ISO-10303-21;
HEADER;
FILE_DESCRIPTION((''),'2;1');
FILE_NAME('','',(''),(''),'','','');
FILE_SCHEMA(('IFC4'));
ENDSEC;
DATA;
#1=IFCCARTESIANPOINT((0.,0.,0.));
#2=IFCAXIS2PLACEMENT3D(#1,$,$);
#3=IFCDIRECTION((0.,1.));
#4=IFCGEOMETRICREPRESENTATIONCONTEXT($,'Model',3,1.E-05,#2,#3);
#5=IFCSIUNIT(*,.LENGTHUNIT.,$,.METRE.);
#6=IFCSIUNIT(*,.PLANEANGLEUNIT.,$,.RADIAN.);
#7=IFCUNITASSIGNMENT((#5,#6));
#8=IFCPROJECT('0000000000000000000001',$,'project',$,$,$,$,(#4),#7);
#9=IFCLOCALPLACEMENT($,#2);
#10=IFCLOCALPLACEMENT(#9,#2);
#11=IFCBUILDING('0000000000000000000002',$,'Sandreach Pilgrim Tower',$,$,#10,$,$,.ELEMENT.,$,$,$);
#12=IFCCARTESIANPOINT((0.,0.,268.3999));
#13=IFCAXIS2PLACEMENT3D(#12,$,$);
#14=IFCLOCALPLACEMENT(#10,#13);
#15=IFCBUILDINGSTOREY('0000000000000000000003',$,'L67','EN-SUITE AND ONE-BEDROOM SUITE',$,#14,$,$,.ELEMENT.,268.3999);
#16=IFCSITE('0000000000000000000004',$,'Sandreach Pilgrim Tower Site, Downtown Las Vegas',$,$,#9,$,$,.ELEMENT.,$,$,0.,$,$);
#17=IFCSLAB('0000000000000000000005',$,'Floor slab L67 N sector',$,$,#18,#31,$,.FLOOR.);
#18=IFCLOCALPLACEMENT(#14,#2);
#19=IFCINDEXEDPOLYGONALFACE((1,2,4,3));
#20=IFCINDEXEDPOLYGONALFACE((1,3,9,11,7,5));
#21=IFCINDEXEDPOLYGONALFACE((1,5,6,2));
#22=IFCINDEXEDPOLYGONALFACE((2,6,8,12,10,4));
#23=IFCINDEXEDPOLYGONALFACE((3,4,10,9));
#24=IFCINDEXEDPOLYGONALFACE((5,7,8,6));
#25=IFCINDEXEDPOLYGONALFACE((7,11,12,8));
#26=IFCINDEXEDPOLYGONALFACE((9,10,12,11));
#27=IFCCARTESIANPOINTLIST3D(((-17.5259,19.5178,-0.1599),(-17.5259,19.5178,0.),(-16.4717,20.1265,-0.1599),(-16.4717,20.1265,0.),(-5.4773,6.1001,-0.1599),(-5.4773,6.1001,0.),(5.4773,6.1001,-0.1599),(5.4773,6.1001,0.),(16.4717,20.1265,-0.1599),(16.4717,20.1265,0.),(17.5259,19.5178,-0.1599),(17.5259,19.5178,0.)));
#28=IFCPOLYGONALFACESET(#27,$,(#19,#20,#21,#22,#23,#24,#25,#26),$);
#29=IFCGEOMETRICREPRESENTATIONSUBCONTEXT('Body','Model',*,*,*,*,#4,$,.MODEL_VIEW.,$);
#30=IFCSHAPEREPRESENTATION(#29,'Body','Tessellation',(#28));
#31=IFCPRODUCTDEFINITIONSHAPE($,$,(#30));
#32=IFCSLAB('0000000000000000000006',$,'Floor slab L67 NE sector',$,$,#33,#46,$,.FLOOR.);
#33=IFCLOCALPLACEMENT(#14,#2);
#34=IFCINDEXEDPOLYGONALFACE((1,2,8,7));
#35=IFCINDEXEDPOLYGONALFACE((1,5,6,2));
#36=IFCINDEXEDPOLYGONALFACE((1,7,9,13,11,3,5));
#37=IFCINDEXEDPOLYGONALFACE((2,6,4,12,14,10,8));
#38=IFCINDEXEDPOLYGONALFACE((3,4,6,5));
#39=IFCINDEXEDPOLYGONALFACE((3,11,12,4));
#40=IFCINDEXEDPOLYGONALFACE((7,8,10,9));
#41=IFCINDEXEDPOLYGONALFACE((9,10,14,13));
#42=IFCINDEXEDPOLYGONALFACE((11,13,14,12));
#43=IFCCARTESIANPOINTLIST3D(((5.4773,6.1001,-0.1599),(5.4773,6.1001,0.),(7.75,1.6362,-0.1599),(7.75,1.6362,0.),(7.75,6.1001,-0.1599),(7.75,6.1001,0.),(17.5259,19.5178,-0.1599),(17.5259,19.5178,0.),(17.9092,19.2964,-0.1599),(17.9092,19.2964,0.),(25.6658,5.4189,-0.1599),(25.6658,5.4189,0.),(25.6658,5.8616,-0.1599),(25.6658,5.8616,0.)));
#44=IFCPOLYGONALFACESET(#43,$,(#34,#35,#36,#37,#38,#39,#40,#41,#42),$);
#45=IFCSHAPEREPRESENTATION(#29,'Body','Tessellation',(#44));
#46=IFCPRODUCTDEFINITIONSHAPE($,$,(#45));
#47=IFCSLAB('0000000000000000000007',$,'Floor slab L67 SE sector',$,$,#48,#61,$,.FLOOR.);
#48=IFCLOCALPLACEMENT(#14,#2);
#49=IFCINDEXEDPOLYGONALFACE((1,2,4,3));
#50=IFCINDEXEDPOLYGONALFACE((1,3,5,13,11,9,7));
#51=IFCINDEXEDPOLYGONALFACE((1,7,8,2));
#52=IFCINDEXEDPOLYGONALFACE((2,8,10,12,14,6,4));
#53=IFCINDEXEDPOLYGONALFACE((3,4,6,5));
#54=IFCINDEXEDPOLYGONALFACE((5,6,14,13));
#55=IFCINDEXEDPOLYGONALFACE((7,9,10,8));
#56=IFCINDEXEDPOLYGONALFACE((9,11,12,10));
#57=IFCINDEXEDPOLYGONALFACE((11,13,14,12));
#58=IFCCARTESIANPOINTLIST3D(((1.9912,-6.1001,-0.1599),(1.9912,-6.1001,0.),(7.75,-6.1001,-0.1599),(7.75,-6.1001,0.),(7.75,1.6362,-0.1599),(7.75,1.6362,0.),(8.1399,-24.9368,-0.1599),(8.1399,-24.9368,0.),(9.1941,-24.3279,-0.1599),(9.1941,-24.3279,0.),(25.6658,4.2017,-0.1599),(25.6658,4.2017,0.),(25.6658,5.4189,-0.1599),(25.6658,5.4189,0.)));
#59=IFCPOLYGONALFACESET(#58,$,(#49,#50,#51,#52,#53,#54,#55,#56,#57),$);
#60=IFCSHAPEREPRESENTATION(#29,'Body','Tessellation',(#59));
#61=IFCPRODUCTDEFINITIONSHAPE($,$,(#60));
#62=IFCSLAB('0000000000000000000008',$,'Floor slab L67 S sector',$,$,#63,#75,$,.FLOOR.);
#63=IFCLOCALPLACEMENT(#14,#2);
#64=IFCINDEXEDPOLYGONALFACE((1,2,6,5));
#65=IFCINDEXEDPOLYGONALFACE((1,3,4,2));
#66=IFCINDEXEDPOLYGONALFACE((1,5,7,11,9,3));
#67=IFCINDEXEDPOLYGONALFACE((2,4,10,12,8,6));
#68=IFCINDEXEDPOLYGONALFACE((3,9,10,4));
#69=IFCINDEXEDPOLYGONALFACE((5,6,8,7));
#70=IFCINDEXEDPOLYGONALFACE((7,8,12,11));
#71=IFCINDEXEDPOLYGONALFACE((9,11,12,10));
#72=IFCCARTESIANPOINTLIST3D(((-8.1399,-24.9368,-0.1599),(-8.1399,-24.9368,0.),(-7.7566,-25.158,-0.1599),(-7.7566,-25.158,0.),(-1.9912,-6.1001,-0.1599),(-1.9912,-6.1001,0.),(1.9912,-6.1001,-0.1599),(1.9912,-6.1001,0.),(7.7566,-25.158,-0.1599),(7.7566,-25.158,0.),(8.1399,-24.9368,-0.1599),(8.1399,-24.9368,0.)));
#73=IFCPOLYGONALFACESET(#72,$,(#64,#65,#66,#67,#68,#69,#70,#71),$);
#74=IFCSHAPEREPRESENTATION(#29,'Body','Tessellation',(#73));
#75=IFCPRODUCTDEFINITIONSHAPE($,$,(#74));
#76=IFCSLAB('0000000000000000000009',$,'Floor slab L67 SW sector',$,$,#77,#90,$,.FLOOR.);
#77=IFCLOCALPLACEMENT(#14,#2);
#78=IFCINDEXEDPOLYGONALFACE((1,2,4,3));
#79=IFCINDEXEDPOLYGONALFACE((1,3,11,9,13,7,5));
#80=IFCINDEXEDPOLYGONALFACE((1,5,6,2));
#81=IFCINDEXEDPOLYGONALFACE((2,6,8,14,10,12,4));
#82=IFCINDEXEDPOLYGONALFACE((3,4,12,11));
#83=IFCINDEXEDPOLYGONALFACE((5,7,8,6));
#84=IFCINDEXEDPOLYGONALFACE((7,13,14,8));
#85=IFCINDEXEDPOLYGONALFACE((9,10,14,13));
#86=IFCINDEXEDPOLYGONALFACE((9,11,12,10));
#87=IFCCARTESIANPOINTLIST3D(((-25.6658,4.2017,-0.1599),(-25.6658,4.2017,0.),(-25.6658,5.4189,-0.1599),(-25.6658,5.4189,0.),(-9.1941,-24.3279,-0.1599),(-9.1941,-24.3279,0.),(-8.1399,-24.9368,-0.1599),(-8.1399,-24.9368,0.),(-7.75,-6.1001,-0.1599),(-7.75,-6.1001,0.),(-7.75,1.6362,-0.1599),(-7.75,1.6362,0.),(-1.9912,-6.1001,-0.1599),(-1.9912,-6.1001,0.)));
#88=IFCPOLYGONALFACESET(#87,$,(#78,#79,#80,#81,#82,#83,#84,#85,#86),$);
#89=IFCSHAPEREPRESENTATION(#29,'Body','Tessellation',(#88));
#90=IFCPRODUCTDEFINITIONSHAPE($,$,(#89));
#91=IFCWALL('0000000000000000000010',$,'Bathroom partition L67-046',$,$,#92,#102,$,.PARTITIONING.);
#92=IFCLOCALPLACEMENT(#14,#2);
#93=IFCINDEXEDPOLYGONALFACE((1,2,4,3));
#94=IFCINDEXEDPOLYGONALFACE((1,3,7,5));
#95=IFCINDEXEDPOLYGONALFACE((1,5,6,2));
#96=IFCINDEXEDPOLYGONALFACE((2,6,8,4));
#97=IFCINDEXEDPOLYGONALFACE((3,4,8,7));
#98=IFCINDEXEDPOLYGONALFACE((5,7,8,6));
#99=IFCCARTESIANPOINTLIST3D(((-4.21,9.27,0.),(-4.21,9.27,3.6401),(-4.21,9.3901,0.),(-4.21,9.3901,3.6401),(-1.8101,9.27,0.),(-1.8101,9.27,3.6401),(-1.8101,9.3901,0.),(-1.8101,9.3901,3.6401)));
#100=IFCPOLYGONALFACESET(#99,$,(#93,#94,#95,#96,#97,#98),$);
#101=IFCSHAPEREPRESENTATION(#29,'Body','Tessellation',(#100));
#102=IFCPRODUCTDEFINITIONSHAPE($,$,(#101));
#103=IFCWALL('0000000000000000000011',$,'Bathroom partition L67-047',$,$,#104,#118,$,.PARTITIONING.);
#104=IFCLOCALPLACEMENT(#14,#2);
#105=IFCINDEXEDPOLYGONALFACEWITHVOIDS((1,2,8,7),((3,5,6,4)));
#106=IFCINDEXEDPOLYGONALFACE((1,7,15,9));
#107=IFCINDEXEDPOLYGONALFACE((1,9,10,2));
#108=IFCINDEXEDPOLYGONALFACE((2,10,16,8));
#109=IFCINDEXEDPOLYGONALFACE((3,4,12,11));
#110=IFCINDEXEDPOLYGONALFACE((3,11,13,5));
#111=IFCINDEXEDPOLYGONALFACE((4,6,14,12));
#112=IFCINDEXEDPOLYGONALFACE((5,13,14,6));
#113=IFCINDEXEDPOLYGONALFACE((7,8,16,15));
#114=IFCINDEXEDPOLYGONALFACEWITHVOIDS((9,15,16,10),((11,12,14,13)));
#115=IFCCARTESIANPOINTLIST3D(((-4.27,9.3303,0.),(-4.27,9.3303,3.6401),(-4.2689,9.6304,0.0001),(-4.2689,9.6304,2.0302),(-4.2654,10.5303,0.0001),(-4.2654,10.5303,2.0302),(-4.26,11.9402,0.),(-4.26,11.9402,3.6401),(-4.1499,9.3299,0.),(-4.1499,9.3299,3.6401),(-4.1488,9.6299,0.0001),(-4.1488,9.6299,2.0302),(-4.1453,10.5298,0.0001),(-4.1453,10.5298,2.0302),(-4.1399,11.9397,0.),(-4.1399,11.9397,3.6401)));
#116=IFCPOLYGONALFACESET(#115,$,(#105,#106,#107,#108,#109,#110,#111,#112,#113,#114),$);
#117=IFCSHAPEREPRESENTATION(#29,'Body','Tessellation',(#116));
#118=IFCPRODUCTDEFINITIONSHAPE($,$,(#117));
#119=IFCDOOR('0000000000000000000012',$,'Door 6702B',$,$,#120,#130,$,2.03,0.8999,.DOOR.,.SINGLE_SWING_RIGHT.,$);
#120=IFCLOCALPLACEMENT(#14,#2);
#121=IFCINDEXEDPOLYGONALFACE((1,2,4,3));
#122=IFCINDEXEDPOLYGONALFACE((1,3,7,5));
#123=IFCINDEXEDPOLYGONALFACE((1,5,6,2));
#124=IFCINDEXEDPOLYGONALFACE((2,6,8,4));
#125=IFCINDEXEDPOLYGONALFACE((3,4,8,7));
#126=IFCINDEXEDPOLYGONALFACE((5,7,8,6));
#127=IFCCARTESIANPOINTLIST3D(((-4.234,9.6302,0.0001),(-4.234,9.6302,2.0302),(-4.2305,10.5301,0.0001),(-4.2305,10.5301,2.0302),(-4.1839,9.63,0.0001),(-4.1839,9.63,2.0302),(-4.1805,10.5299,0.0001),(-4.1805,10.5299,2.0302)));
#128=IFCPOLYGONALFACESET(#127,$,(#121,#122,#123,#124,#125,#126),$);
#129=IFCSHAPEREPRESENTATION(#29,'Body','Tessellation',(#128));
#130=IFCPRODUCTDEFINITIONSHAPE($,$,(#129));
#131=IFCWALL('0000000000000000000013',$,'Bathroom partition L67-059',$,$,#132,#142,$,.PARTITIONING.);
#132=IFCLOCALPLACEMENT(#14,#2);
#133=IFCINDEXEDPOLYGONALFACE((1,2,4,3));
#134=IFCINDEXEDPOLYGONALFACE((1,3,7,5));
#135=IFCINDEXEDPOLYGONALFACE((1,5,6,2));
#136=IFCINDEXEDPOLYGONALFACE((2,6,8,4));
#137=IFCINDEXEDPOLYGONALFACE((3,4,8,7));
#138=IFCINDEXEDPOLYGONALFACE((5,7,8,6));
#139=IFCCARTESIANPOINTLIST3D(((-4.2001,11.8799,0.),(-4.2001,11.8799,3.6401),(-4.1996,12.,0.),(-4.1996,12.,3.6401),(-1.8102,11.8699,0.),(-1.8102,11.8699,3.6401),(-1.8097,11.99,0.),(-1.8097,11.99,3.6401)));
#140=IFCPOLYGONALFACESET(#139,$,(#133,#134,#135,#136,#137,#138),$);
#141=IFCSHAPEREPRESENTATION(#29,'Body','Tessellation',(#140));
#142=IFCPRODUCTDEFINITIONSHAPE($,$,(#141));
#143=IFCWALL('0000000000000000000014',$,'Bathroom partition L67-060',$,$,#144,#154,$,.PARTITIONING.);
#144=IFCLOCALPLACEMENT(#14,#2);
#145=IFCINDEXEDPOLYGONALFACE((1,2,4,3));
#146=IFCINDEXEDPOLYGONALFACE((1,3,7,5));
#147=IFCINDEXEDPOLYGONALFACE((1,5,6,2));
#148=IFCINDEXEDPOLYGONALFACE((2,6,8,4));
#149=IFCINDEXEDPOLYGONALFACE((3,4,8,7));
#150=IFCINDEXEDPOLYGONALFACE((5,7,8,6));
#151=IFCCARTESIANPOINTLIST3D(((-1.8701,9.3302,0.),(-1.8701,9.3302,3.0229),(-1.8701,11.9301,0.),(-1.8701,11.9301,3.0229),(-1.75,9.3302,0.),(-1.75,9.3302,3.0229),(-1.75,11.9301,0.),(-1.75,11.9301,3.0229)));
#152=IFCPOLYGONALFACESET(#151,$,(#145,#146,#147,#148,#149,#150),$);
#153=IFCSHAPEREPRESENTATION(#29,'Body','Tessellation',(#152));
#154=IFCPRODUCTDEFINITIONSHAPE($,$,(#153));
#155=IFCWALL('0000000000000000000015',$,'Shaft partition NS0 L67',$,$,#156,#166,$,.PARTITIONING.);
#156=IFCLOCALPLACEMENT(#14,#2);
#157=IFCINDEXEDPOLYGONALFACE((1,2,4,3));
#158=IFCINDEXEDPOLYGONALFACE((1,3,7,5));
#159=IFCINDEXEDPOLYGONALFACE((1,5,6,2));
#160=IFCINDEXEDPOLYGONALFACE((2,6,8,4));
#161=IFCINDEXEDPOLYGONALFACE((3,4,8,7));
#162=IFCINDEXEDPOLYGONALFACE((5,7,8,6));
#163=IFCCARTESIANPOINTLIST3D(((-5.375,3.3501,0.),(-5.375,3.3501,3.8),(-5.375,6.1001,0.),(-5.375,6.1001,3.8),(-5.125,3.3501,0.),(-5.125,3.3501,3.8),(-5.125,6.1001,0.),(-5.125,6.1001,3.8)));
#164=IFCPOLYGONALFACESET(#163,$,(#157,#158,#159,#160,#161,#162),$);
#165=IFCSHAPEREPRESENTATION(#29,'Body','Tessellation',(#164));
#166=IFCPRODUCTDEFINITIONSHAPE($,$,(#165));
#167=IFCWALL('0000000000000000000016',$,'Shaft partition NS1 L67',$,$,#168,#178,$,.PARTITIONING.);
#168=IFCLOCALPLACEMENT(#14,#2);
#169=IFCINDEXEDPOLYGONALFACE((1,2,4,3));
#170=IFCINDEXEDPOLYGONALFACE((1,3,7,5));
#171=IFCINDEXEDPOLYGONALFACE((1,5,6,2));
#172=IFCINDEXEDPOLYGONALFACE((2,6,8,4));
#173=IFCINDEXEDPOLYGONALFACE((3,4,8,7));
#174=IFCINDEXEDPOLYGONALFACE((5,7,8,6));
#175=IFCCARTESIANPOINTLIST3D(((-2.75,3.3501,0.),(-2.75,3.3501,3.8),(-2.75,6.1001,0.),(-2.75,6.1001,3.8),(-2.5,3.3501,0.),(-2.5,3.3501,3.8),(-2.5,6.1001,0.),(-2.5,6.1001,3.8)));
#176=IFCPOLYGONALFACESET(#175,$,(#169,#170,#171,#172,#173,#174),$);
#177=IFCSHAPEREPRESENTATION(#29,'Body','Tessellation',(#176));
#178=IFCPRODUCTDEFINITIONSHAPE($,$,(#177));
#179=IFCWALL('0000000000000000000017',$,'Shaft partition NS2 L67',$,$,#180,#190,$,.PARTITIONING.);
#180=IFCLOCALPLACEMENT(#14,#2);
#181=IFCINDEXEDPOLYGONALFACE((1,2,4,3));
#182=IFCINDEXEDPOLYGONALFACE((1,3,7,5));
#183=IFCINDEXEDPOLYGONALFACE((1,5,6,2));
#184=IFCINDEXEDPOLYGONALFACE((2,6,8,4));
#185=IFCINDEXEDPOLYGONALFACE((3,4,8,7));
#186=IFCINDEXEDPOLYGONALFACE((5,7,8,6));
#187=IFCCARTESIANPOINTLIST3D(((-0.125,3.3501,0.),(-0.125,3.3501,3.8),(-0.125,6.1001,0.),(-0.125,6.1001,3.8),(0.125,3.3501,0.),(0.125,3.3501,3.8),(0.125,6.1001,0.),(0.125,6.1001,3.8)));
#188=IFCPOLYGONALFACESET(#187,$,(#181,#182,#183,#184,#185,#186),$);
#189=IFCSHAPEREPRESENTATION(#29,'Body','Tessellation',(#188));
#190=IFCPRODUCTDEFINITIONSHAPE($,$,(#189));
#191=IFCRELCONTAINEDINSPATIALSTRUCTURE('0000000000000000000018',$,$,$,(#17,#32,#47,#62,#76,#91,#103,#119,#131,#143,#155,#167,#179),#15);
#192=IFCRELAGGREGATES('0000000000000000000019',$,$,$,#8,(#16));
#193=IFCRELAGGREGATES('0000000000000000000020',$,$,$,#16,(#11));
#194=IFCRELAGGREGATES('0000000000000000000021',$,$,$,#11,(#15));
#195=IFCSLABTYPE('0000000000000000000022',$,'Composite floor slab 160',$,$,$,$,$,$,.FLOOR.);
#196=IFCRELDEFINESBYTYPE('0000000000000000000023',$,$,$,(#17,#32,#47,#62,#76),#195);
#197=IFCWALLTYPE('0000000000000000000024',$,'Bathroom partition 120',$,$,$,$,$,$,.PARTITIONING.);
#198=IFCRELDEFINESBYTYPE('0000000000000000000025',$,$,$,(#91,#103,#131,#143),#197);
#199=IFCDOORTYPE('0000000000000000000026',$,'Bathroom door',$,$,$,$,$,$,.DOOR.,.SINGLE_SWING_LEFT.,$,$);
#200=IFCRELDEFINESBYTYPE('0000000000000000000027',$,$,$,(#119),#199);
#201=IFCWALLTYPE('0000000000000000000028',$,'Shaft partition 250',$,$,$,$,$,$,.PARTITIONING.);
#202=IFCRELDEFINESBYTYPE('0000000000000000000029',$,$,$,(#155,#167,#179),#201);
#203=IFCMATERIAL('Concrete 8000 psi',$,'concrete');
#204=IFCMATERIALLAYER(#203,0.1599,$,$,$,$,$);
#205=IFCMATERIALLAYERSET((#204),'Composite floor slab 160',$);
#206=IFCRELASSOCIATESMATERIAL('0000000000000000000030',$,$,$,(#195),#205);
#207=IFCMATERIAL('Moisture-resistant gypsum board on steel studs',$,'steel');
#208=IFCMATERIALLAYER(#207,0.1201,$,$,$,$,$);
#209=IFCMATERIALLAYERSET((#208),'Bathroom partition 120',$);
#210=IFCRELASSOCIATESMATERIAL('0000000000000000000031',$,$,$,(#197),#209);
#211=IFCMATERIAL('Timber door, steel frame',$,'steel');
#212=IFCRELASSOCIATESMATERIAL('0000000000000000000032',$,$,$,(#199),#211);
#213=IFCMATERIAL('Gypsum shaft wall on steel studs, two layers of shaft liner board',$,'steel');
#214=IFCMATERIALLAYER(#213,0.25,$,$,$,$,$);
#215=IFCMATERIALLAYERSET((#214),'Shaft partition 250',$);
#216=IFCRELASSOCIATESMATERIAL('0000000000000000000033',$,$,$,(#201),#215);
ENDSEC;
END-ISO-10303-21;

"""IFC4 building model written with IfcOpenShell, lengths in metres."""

from ifc_helpers import new_model, si_unit, direction, frame, frame_2d, origin, place, context, subcontext, project, spatial, polyline, rectangle, outline, extrude, material, layer, layer_set, type_object, element, fill, save


model = new_model("IFC4")

# Units and contexts
model_context = context("Model", 3, precision=1e-05, world=origin(), true_north=direction((0.0, 1.0)))
body_context = subcontext(model_context, "Body", "Model", "MODEL_VIEW")
ifc_project = project(units=[si_unit("LENGTHUNIT", "METRE"), si_unit("PLANEANGLEUNIT", "RADIAN")], contexts=[model_context])

# Site, building, storey
site_placement = place(None, origin())
site = spatial("IfcSite", under=ifc_project, at=site_placement, Name="Sandreach Pilgrim Tower Site, Downtown Las Vegas", CompositionType="ELEMENT", RefElevation=0.0)
building_placement = place(site_placement, origin())
building = spatial("IfcBuilding", under=site, at=building_placement, Name="Sandreach Pilgrim Tower", CompositionType="ELEMENT")
storey_placement = place(building_placement, frame((0.0, 0.0, 268.3999)))
storey = spatial("IfcBuildingStorey", under=building, at=storey_placement, Name="L67", Description="EN-SUITE AND ONE-BEDROOM SUITE", CompositionType="ELEMENT", Elevation=268.3999)

# Slabs
ifc_material_1 = material(Name="Concrete 8000 psi", Category="concrete")
ifc_layer_1 = layer(ifc_material_1, 0.1599)
ifc_layer_set_1 = layer_set([ifc_layer_1], Name="Composite floor slab 160")
slab_type = type_object("IfcSlabType", Name="Composite floor slab 160", PredefinedType="FLOOR", material=ifc_layer_set_1)
slab_1_placement = place(storey_placement, frame((0.0, 0.0, -0.1599)))
element("IfcSlab", 1, at=slab_1_placement, inside=storey, type_object=slab_type, Name="Floor slab L67 N sector", PredefinedType="FLOOR", context=body_context, shape_type="SweptSolid", body=[
    extrude(outline(polyline([(-16.4717, 20.1265), (16.4717, 20.1265), (17.5259, 19.5178), (5.4773, 6.1001), (-5.4773, 6.1001), (-17.5259, 19.5178), (-16.4717, 20.1265)])), origin(), (0.0, 0.0, 1.0), 0.1599),
])
slab_2_placement = place(storey_placement, frame((0.0, 0.0, -0.1599)))
element("IfcSlab", 2, at=slab_2_placement, inside=storey, type_object=slab_type, Name="Floor slab L67 NE sector", PredefinedType="FLOOR", context=body_context, shape_type="SweptSolid", body=[
    extrude(outline(polyline([(17.9092, 19.2964), (25.6658, 5.8616), (25.6658, 5.4189), (7.75, 1.6362), (7.75, 6.1001), (5.4773, 6.1001), (17.5259, 19.5178), (17.9092, 19.2964)])), origin(), (0.0, 0.0, 1.0), 0.1599),
])
slab_3_placement = place(storey_placement, frame((0.0, 0.0, -0.1599)))
element("IfcSlab", 3, at=slab_3_placement, inside=storey, type_object=slab_type, Name="Floor slab L67 SE sector", PredefinedType="FLOOR", context=body_context, shape_type="SweptSolid", body=[
    extrude(outline(polyline([(25.6658, 4.2017), (9.1941, -24.3279), (8.1399, -24.9368), (1.9912, -6.1001), (7.75, -6.1001), (7.75, 1.6362), (25.6658, 5.4189), (25.6658, 4.2017)])), origin(), (0.0, 0.0, 1.0), 0.1599),
])
slab_4_placement = place(storey_placement, frame((0.0, 0.0, -0.1599)))
element("IfcSlab", 4, at=slab_4_placement, inside=storey, type_object=slab_type, Name="Floor slab L67 S sector", PredefinedType="FLOOR", context=body_context, shape_type="SweptSolid", body=[
    extrude(outline(polyline([(7.7566, -25.158), (-7.7566, -25.158), (-8.1399, -24.9368), (-1.9912, -6.1001), (1.9912, -6.1001), (8.1399, -24.9368), (7.7566, -25.158)])), origin(), (0.0, 0.0, 1.0), 0.1599),
])
slab_5_placement = place(storey_placement, frame((0.0, 0.0, -0.1599)))
element("IfcSlab", 5, at=slab_5_placement, inside=storey, type_object=slab_type, Name="Floor slab L67 SW sector", PredefinedType="FLOOR", context=body_context, shape_type="SweptSolid", body=[
    extrude(outline(polyline([(-9.1941, -24.3279), (-25.6658, 4.2017), (-25.6658, 5.4189), (-7.75, 1.6362), (-7.75, -6.1001), (-1.9912, -6.1001), (-8.1399, -24.9368), (-9.1941, -24.3279)])), origin(), (0.0, 0.0, 1.0), 0.1599),
])

# Wall
ifc_material_2 = material(Name="Moisture-resistant gypsum board on steel studs", Category="steel")
ifc_layer_2 = layer(ifc_material_2, 0.1201)
ifc_layer_set_2 = layer_set([ifc_layer_2], Name="Bathroom partition 120")
wall_type_1 = type_object("IfcWallType", Name="Bathroom partition 120", PredefinedType="PARTITIONING", material=ifc_layer_set_2)
wall_1_placement = place(storey_placement, frame((-4.21, 9.3301, 0.0), z_axis=(0.0, 0.0, 1.0), x_axis=(1.0, 0.0, 0.0)))
element("IfcWall", 6, at=wall_1_placement, inside=storey, type_object=wall_type_1, Name="Bathroom partition L67-046", PredefinedType="PARTITIONING", context=body_context, shape_type="SweptSolid", body=[
    extrude(rectangle(XDim=2.3999, YDim=0.1201, at=frame_2d((1.2, 0.0))), origin(), (0.0, 0.0, 1.0), 3.6401),
])

# Wall, opening, door
wall_2_placement = place(storey_placement, frame((-4.2, 11.9399, 0.0), z_axis=(0.0, 0.0, 1.0), x_axis=(-0.003835, -0.999993, 0.0)))
wall_2 = element("IfcWall", 7, at=wall_2_placement, inside=storey, type_object=wall_type_1, Name="Bathroom partition L67-047", PredefinedType="PARTITIONING", context=body_context, shape_type="SweptSolid", body=[
    extrude(rectangle(XDim=2.6099, YDim=0.1201, at=frame_2d((1.3049, 0.0))), origin(), (0.0, 0.0, 1.0), 3.6401),
])
opening_1_placement = place(wall_2_placement, frame((1.4099, 0.0, 0.0)))
opening_1 = element("IfcOpeningElement", 8, at=opening_1_placement, cuts=wall_2, PredefinedType="OPENING", context=body_context, shape_type="SweptSolid", body=[
    extrude(rectangle(XDim=0.8999, YDim=2.03, at=frame_2d((0.45, 1.0151))), frame((0.0, 0.0601, 0.0), z_axis=(0.0, -1.0, 0.0), x_axis=(1.0, 0.0, 0.0)), (0.0, 0.0, 1.0), 0.1201),
])
ifc_material_3 = material(Name="Timber door, steel frame", Category="steel")
door_type_1 = type_object("IfcDoorType", Name="Bathroom door", OperationType="SINGLE_SWING_LEFT", PredefinedType="DOOR", material=ifc_material_3)
door_1_placement = place(opening_1_placement, origin())
door_1 = element("IfcDoor", 9, at=door_1_placement, inside=storey, type_object=door_type_1, Name="Door 6702B", OperationType="SINGLE_SWING_RIGHT", OverallHeight=2.03, OverallWidth=0.8999, PredefinedType="DOOR", context=body_context, shape_type="SweptSolid", body=[
    extrude(rectangle(XDim=0.8999, YDim=2.03, at=frame_2d((0.45, 1.0151))), frame((0.0, 0.0249, 0.0), z_axis=(0.0, -1.0, 0.0), x_axis=(1.0, 0.0, 0.0)), (0.0, 0.0, 1.0), 0.05),
])
fill(opening_1, door_1)

# Walls
wall_3_placement = place(storey_placement, frame((-1.8101, 11.9299, 0.0), z_axis=(0.0, 0.0, 1.0), x_axis=(-0.999991, 0.004188, 0.0)))
element("IfcWall", 10, at=wall_3_placement, inside=storey, type_object=wall_type_1, Name="Bathroom partition L67-059", PredefinedType="PARTITIONING", context=body_context, shape_type="SweptSolid", body=[
    extrude(rectangle(XDim=2.3899, YDim=0.1201, at=frame_2d((1.1948, 0.0))), origin(), (0.0, 0.0, 1.0), 3.6401),
])
wall_4_placement = place(storey_placement, frame((-1.8101, 11.9299, 0.0), z_axis=(0.0, 0.0, 1.0), x_axis=(0.0, -1.0, 0.0)))
element("IfcWall", 11, at=wall_4_placement, inside=storey, type_object=wall_type_1, Name="Bathroom partition L67-060", PredefinedType="PARTITIONING", context=body_context, shape_type="SweptSolid", body=[
    extrude(rectangle(XDim=2.5999, YDim=0.1201, at=frame_2d((1.2998, 0.0))), origin(), (0.0, 0.0, 1.0), 3.0229),
])

# Walls
ifc_material_4 = material(Name="Gypsum shaft wall on steel studs, two layers of shaft liner board", Category="steel")
ifc_layer_3 = layer(ifc_material_4, 0.25)
ifc_layer_set_3 = layer_set([ifc_layer_3], Name="Shaft partition 250")
wall_type_2 = type_object("IfcWallType", Name="Shaft partition 250", PredefinedType="PARTITIONING", material=ifc_layer_set_3)
for number, where, z_axis, x_axis, name in (
    (12, (-5.25, 3.3501, 0.0), (0.0, 0.0, 1.0), (0.0, 1.0, 0.0), "Shaft partition NS0 L67"),
    (13, (-2.625, 3.3501, 0.0), (0.0, 0.0, 1.0), (0.0, 1.0, 0.0), "Shaft partition NS1 L67"),
    (14, (0.0, 3.3501, 0.0), (0.0, 0.0, 1.0), (0.0, 1.0, 0.0), "Shaft partition NS2 L67"),
):
    element("IfcWall", number, at=place(storey_placement, frame(where, z_axis=z_axis, x_axis=x_axis)), inside=storey, type_object=wall_type_2, Name=name, PredefinedType="PARTITIONING", context=body_context, shape_type="SweptSolid", body=[
        extrude(rectangle(XDim=2.75, YDim=0.25, at=frame_2d((1.375, 0.0))), origin(), (0.0, 0.0, 1.0), 3.8),
    ])

save(model, "model.ifc")
